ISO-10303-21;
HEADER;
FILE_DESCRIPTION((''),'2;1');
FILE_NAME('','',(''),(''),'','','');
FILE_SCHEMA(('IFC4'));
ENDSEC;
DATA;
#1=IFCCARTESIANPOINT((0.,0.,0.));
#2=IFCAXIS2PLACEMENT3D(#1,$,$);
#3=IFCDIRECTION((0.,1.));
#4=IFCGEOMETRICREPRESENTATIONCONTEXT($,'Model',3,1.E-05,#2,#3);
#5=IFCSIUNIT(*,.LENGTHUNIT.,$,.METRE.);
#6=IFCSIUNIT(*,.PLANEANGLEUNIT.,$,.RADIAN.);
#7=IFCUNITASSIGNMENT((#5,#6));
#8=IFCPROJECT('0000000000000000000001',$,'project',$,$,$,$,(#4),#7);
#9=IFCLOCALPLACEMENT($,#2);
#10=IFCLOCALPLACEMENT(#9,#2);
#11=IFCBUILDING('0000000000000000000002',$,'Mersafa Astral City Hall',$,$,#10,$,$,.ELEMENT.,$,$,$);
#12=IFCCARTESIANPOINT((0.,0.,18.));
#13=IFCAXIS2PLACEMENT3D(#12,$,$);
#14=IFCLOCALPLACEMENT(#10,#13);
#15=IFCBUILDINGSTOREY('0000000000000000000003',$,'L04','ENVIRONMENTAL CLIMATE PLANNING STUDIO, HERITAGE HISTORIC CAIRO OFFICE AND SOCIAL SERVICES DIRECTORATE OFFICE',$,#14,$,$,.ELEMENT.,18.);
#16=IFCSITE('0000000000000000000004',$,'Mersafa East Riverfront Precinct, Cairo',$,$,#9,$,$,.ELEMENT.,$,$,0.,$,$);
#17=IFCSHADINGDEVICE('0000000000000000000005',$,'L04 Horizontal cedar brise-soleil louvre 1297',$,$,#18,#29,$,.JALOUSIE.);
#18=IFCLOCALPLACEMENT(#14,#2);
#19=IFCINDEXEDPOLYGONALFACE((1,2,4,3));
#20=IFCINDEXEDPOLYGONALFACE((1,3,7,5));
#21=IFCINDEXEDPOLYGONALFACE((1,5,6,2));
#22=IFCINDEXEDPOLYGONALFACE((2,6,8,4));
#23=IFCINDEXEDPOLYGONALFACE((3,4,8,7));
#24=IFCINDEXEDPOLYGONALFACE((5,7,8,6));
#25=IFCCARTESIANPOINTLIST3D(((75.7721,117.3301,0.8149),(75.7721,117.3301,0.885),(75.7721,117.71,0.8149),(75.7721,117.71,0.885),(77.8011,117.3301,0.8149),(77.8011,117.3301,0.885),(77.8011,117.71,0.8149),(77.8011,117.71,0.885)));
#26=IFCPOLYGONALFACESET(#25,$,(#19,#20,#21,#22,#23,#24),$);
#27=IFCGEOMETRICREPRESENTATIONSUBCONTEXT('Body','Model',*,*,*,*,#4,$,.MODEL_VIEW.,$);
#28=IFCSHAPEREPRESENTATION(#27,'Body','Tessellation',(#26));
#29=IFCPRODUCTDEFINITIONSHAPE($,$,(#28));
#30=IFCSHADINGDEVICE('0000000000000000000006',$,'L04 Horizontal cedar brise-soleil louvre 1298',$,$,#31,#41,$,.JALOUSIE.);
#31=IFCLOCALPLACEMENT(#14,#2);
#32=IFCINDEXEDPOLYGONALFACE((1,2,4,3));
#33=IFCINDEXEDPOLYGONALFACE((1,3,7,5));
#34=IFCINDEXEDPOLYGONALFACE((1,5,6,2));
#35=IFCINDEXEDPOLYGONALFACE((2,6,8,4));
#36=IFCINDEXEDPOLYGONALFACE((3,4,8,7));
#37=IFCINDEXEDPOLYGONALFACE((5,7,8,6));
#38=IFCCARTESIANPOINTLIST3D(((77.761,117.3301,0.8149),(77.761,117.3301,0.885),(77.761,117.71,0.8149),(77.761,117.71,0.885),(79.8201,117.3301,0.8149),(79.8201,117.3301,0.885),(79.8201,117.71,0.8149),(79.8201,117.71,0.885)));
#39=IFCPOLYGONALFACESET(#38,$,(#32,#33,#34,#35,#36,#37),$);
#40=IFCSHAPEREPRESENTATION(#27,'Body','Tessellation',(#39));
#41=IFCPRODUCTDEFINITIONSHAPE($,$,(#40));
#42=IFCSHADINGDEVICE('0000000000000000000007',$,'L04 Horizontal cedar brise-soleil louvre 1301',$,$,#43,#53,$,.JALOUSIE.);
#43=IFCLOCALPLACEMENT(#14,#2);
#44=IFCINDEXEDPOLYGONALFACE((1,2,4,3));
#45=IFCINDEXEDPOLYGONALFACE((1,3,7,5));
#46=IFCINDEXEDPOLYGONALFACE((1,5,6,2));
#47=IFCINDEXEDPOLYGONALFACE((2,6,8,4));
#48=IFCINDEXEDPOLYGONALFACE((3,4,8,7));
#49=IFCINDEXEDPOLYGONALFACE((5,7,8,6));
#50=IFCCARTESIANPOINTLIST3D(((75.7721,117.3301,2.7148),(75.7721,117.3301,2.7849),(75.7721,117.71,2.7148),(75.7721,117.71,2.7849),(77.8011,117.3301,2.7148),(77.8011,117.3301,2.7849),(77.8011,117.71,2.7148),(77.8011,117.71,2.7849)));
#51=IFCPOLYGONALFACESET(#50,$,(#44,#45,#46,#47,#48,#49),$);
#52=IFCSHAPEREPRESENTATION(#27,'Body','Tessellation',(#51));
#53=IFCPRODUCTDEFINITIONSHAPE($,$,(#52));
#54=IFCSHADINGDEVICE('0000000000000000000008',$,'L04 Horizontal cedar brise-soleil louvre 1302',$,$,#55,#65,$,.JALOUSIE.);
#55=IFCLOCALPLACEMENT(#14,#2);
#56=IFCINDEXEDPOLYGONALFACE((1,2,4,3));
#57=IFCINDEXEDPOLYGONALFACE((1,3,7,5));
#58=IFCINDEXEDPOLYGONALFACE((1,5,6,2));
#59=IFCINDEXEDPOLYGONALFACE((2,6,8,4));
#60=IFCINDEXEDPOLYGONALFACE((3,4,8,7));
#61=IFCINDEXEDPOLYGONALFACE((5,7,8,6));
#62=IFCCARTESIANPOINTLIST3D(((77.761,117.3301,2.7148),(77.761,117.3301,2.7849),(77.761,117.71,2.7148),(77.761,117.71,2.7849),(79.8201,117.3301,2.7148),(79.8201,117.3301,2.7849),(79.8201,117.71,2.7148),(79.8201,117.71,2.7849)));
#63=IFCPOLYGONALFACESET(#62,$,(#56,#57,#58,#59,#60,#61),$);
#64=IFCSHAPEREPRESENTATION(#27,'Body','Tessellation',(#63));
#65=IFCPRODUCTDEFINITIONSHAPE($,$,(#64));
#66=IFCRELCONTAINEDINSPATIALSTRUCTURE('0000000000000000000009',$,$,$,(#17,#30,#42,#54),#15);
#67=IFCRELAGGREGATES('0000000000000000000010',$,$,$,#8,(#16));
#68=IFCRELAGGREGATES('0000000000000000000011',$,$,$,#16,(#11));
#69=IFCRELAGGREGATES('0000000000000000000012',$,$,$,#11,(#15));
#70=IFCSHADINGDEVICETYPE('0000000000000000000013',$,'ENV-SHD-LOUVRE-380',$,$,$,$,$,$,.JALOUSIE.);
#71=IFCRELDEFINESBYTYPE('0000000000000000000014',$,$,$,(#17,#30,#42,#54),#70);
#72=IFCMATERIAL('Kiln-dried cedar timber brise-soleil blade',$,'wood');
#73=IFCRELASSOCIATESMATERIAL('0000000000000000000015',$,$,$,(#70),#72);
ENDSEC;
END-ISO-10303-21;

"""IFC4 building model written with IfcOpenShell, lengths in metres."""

from ifc_helpers import new_model, si_unit, direction, frame, origin, origin_2d, place, context, subcontext, project, spatial, rectangle, extrude, material, type_object, element, save


model = new_model("IFC4")

# Units and contexts
model_context = context("Model", 3, precision=1e-05, world=origin(), true_north=direction((0.0, 1.0)))
body_context = subcontext(model_context, "Body", "Model", "MODEL_VIEW")
ifc_project = project(units=[si_unit("LENGTHUNIT", "METRE"), si_unit("PLANEANGLEUNIT", "RADIAN")], contexts=[model_context])

# Site, building, storey
site_placement = place(None, origin())
site = spatial("IfcSite", under=ifc_project, at=site_placement, Name="Mersafa East Riverfront Precinct, Cairo", CompositionType="ELEMENT", RefElevation=0.0)
building_placement = place(site_placement, origin())
building = spatial("IfcBuilding", under=site, at=building_placement, Name="Mersafa Astral City Hall", CompositionType="ELEMENT")
storey_placement = place(building_placement, frame((0.0, 0.0, 18.0)))
storey = spatial("IfcBuildingStorey", under=building, at=storey_placement, Name="L04", Description="ENVIRONMENTAL CLIMATE PLANNING STUDIO, HERITAGE HISTORIC CAIRO OFFICE AND SOCIAL SERVICES DIRECTORATE OFFICE", CompositionType="ELEMENT", Elevation=18.0)

# Shading devices
ifc_material_1 = material(Name="Kiln-dried cedar timber brise-soleil blade", Category="wood")
shading_device_type = type_object("IfcShadingDeviceType", Name="ENV-SHD-LOUVRE-380", PredefinedType="JALOUSIE", material=ifc_material_1)
shading_device_1_placement = place(storey_placement, frame((76.7866, 117.52, 0.8149), z_axis=(0.0, 0.0, 1.0), x_axis=(1.0, 0.0, 0.0)))
element("IfcShadingDevice", 1, at=shading_device_1_placement, inside=storey, type_object=shading_device_type, Name="L04 Horizontal cedar brise-soleil louvre 1297", PredefinedType="JALOUSIE", context=body_context, shape_type="SweptSolid", body=[
    extrude(rectangle(XDim=2.0291, YDim=0.3799, at=origin_2d()), origin(), (0.0, 0.0, 1.0), 0.0701),
])
shading_device_2_placement = place(storey_placement, frame((78.7905, 117.52, 0.8149), z_axis=(0.0, 0.0, 1.0), x_axis=(1.0, 0.0, 0.0)))
element("IfcShadingDevice", 2, at=shading_device_2_placement, inside=storey, type_object=shading_device_type, Name="L04 Horizontal cedar brise-soleil louvre 1298", PredefinedType="JALOUSIE", context=body_context, shape_type="SweptSolid", body=[
    extrude(rectangle(XDim=2.0591, YDim=0.3799, at=origin_2d()), origin(), (0.0, 0.0, 1.0), 0.0701),
])
shading_device_3_placement = place(storey_placement, frame((76.7866, 117.52, 2.7148), z_axis=(0.0, 0.0, 1.0), x_axis=(1.0, 0.0, 0.0)))
element("IfcShadingDevice", 3, at=shading_device_3_placement, inside=storey, type_object=shading_device_type, Name="L04 Horizontal cedar brise-soleil louvre 1301", PredefinedType="JALOUSIE", context=body_context, shape_type="SweptSolid", body=[
    extrude(rectangle(XDim=2.0291, YDim=0.3799, at=origin_2d()), origin(), (0.0, 0.0, 1.0), 0.0701),
])
shading_device_4_placement = place(storey_placement, frame((78.7905, 117.52, 2.7148), z_axis=(0.0, 0.0, 1.0), x_axis=(1.0, 0.0, 0.0)))
element("IfcShadingDevice", 4, at=shading_device_4_placement, inside=storey, type_object=shading_device_type, Name="L04 Horizontal cedar brise-soleil louvre 1302", PredefinedType="JALOUSIE", context=body_context, shape_type="SweptSolid", body=[
    extrude(rectangle(XDim=2.0591, YDim=0.3799, at=origin_2d()), origin(), (0.0, 0.0, 1.0), 0.0701),
])

save(model, "model.ifc")
